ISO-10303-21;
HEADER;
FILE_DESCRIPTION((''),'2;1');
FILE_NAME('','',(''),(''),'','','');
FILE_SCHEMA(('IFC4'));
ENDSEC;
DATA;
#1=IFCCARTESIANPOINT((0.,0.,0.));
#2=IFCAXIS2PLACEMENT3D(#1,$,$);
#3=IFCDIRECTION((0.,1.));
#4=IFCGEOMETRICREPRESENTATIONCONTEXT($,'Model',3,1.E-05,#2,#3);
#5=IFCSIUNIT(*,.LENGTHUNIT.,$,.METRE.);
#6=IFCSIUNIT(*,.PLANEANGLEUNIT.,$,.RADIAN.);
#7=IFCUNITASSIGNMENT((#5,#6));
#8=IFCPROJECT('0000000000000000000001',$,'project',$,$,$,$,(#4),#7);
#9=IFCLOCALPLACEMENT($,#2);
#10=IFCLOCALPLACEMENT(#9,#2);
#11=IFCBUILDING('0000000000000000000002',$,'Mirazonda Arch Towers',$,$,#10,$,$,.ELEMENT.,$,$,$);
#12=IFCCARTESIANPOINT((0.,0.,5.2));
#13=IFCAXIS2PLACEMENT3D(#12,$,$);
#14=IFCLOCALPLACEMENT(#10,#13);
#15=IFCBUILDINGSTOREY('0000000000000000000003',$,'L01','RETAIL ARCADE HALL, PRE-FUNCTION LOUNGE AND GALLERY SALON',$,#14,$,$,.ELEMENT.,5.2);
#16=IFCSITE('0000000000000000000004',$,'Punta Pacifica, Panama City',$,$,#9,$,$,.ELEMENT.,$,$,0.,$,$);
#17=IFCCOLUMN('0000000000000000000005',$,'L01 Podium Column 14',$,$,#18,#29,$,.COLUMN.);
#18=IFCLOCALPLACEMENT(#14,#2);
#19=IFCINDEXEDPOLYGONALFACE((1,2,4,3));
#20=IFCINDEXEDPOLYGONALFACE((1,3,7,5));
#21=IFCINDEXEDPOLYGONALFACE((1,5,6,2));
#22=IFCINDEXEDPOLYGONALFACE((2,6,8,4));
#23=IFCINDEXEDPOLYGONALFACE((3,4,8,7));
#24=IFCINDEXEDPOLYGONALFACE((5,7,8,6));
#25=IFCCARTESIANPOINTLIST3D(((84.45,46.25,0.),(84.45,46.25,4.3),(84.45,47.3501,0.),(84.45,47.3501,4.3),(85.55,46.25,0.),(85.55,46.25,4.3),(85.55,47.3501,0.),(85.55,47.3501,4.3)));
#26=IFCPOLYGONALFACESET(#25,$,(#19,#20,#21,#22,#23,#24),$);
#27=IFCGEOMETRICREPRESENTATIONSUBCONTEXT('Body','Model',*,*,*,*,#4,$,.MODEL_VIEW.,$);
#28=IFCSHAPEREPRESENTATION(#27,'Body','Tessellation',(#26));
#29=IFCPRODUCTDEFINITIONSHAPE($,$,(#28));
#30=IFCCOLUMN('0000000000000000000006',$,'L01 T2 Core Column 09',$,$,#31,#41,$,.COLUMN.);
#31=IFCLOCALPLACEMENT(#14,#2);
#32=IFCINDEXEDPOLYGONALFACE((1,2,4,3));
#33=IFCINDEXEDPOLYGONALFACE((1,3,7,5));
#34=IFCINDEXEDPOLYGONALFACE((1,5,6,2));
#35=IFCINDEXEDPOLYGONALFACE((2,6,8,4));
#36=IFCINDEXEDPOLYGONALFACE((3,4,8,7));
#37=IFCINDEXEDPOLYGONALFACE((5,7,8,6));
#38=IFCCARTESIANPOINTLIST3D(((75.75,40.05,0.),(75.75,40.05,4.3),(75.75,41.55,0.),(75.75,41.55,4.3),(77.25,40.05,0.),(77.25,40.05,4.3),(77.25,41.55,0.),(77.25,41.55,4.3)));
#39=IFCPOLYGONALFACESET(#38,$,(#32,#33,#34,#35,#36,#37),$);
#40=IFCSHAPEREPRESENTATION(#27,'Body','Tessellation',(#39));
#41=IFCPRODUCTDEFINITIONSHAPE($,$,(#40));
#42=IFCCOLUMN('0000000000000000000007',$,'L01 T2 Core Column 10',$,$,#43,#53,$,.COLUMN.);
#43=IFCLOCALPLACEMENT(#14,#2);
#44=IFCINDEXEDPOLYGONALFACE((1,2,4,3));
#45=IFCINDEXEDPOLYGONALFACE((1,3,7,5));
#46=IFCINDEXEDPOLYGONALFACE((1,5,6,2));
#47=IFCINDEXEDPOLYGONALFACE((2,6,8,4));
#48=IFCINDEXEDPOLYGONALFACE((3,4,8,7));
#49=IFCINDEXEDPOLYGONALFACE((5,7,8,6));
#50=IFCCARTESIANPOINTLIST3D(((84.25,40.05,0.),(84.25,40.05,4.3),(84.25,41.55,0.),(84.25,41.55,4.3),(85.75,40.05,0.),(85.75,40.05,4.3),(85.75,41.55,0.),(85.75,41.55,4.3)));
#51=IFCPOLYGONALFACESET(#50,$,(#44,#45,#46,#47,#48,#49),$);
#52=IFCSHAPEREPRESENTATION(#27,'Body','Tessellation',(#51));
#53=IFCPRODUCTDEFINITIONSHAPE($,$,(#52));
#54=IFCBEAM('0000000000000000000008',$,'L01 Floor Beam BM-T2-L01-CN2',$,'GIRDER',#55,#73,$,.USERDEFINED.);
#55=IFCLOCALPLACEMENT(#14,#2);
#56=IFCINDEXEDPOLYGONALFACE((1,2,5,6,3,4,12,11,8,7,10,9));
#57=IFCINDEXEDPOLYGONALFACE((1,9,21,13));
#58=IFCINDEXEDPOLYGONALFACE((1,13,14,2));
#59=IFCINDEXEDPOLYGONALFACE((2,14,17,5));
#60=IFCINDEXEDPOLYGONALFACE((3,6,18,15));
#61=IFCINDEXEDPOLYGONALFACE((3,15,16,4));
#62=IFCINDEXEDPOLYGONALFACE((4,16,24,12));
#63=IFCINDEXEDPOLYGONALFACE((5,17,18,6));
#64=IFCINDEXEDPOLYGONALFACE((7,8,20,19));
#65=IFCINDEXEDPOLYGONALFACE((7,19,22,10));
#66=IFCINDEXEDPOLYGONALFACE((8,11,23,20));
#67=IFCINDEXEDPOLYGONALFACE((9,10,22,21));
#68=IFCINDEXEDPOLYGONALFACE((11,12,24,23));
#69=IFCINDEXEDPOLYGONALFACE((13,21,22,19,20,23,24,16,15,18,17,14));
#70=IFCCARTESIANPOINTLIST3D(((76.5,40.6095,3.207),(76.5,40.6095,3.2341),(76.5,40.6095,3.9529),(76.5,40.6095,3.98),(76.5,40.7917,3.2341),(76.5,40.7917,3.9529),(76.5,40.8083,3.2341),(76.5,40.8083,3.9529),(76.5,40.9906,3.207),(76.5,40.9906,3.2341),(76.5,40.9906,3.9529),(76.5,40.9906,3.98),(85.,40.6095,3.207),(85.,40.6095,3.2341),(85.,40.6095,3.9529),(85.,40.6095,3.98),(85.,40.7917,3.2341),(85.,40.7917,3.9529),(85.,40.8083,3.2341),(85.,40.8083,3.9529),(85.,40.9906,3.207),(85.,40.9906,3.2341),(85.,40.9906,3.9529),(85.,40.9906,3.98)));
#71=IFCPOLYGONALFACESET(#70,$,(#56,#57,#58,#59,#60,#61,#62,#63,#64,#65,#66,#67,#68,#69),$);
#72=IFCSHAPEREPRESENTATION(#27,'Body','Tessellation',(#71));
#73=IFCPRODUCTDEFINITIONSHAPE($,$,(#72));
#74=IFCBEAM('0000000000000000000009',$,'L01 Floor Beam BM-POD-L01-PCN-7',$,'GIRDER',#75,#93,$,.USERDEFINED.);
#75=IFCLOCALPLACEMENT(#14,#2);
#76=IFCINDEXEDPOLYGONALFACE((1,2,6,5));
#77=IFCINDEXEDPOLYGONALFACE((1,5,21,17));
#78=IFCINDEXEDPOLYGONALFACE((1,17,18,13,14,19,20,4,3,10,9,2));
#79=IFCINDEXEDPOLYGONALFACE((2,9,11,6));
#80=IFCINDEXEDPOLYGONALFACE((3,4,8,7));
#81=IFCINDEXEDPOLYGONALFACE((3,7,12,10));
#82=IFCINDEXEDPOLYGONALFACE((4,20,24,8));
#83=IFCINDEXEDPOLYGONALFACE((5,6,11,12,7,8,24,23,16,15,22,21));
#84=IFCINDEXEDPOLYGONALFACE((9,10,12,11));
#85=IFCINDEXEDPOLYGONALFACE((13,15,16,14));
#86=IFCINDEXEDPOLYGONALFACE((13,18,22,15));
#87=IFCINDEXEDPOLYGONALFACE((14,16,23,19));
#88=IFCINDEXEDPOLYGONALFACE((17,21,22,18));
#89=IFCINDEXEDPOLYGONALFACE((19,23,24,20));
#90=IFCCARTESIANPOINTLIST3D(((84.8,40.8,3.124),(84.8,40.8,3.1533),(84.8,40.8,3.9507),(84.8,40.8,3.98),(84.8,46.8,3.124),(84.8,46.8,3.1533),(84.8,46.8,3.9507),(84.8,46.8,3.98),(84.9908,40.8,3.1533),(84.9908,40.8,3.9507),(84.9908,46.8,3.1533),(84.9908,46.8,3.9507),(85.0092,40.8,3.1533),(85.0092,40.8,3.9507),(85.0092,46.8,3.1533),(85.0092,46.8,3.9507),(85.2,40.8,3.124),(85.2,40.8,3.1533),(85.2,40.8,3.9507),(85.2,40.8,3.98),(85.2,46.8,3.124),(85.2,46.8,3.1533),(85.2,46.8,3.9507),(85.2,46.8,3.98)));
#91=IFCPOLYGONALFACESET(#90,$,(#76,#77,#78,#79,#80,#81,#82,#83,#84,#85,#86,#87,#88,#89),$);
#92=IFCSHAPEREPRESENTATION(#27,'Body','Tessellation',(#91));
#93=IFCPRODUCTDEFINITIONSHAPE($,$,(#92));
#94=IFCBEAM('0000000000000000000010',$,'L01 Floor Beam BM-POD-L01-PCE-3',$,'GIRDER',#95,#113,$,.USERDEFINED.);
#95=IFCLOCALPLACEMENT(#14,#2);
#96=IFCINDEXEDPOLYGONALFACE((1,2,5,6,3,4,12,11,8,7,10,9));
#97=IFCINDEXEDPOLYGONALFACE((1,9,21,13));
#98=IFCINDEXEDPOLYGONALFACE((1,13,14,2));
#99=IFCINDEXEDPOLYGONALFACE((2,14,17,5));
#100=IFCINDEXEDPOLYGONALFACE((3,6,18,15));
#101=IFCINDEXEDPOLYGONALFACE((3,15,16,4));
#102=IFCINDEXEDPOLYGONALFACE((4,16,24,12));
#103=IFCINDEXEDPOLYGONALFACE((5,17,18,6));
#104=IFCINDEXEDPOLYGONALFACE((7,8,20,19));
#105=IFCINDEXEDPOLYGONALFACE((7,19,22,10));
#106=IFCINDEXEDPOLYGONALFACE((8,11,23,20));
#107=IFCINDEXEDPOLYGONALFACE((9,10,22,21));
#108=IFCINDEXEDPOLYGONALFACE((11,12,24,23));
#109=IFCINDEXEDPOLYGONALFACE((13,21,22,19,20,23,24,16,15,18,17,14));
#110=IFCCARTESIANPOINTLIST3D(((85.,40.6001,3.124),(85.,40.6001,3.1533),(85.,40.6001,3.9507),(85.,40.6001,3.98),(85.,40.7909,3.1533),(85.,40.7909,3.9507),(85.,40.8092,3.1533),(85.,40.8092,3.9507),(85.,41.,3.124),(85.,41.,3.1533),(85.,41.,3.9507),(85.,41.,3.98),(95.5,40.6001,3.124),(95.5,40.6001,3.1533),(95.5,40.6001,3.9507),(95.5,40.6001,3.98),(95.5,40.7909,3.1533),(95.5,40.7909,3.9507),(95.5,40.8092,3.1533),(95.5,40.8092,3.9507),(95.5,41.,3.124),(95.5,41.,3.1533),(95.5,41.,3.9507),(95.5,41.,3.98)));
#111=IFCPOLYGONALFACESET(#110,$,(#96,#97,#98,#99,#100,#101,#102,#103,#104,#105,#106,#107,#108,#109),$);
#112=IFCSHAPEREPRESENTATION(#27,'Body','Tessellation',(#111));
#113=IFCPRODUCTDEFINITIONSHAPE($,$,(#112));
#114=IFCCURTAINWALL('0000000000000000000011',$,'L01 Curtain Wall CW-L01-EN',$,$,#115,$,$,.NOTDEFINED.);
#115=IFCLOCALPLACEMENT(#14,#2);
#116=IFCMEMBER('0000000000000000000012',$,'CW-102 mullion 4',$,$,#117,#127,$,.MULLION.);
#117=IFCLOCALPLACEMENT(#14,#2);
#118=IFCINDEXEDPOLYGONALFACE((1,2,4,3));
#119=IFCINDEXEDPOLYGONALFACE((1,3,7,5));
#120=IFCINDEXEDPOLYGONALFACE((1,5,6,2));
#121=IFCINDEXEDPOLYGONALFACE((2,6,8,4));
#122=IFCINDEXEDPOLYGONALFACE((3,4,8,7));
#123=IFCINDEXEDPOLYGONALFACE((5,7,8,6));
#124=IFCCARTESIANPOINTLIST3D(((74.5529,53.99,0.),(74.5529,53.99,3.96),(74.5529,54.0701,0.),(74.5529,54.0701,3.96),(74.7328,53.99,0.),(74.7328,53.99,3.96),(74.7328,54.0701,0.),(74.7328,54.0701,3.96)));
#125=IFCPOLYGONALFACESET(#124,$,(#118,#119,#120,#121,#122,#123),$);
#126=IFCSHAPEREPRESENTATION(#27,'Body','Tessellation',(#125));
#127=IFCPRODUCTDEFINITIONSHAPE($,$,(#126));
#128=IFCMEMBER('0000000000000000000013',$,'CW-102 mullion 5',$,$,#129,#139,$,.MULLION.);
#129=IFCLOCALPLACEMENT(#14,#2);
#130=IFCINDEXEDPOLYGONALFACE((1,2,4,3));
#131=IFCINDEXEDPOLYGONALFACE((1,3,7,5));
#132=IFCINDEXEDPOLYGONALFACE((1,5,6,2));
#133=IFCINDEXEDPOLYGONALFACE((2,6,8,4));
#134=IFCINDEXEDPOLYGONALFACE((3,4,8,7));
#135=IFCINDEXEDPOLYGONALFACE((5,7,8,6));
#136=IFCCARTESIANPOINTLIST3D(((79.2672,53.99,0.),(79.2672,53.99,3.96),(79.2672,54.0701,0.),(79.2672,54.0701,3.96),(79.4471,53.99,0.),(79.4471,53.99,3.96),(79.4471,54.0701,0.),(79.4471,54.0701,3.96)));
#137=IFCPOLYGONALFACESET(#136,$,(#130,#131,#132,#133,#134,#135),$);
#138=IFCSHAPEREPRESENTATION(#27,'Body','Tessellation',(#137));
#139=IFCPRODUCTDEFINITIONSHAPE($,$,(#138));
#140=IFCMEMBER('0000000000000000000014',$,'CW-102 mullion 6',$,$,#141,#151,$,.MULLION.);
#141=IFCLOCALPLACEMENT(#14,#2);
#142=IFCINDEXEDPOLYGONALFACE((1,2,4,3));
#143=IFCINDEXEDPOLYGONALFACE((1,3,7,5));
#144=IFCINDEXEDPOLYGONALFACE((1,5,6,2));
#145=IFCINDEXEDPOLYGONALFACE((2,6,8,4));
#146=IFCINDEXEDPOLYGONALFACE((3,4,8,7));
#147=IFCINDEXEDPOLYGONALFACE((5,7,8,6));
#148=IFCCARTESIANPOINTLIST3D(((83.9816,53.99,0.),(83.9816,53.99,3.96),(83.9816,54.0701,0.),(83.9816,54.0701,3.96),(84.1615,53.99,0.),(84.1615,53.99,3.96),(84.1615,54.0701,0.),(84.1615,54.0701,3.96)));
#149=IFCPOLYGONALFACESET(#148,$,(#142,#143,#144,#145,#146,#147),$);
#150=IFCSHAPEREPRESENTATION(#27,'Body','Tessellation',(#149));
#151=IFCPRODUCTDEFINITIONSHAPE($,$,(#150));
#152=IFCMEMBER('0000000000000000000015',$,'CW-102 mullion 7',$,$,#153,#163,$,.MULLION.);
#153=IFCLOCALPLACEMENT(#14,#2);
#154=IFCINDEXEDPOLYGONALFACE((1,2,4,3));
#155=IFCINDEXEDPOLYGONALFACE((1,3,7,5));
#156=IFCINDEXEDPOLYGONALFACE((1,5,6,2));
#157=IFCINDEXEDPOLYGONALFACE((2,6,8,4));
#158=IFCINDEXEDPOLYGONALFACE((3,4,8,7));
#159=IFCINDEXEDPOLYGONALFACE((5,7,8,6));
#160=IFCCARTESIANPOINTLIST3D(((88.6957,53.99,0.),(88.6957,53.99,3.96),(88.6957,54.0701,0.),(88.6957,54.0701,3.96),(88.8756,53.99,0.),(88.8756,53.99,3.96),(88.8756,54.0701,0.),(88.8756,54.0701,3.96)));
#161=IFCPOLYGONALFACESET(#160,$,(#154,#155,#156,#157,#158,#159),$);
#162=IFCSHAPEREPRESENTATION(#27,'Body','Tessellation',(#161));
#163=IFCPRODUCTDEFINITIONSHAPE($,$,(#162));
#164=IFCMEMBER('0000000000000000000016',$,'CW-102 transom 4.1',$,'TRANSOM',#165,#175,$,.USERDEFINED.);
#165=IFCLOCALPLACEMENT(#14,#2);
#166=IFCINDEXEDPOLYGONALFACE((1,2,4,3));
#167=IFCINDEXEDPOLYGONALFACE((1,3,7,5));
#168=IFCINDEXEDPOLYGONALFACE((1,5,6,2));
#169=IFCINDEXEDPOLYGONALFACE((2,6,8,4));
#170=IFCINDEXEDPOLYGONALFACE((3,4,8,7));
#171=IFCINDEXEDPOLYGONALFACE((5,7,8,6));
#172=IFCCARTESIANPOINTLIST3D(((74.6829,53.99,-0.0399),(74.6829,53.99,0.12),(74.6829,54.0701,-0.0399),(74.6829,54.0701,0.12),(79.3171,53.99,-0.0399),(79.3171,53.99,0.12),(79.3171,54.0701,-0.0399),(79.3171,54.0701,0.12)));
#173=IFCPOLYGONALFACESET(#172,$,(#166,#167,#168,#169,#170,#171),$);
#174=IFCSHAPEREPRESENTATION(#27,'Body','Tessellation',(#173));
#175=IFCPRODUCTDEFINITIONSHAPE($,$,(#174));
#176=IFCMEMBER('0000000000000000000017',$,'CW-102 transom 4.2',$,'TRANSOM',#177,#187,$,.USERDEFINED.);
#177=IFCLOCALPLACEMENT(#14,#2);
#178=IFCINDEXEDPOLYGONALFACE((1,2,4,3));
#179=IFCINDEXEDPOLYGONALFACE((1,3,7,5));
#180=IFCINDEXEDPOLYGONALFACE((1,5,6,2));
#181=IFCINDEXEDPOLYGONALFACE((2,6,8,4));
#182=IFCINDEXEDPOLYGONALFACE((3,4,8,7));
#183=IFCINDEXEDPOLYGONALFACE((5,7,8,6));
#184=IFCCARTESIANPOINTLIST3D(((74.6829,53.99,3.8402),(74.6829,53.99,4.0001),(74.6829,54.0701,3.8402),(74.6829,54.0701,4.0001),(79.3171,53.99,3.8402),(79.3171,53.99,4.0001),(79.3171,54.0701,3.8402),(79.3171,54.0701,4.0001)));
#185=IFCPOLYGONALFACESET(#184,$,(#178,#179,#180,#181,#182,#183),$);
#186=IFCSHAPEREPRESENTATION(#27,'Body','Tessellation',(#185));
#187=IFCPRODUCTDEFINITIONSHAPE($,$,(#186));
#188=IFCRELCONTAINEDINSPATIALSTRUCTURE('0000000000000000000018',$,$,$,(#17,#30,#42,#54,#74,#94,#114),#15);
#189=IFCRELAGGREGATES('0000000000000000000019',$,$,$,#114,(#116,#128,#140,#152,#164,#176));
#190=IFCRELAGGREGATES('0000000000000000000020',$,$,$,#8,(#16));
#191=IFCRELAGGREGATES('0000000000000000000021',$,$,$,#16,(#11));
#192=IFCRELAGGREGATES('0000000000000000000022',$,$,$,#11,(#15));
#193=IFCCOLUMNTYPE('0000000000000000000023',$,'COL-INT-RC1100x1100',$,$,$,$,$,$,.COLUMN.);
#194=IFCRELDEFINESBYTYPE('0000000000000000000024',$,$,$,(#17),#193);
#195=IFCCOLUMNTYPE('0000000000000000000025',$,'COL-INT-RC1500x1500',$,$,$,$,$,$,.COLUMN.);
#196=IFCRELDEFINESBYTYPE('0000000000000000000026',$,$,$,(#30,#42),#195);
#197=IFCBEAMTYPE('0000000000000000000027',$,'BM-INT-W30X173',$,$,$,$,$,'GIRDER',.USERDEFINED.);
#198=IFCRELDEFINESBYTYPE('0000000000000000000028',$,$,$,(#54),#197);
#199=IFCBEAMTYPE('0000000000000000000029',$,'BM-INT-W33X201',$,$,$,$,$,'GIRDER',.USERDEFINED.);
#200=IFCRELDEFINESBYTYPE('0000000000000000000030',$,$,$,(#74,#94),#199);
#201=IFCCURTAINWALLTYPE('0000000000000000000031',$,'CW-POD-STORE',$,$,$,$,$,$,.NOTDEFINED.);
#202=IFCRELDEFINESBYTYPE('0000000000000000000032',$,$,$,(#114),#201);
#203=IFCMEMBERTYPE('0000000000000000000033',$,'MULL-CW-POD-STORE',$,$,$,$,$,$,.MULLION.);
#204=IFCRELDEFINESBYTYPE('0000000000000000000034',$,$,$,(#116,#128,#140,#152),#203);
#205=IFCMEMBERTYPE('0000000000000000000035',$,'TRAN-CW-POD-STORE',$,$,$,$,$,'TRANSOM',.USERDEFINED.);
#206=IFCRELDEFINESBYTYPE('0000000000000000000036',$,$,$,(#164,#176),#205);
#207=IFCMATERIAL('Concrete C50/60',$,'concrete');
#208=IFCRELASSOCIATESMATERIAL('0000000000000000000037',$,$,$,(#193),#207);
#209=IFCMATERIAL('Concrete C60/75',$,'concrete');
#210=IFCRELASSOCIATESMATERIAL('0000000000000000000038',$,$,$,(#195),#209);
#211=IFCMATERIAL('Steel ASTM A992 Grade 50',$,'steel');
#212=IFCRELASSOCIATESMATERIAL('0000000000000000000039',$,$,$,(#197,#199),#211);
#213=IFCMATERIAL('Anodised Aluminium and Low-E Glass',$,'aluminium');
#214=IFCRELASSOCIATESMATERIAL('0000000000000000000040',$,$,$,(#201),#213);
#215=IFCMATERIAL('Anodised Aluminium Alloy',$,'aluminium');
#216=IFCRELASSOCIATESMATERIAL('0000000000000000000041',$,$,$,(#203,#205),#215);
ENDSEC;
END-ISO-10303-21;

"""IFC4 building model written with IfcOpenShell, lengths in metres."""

from ifc_helpers import new_model, si_unit, direction, frame, origin, origin_2d, place, context, subcontext, project, spatial, rectangle, i_section, extrude, material, material_profile, profile_set, type_object, element, aggregate, save


model = new_model("IFC4")

# Units and contexts
model_context = context("Model", 3, precision=1e-05, world=origin(), true_north=direction((0.0, 1.0)))
body_context = subcontext(model_context, "Body", "Model", "MODEL_VIEW")
ifc_project = project(units=[si_unit("LENGTHUNIT", "METRE"), si_unit("PLANEANGLEUNIT", "RADIAN")], contexts=[model_context])

# Site, building, storey
site_placement = place(None, origin())
site = spatial("IfcSite", under=ifc_project, at=site_placement, Name="Punta Pacifica, Panama City", CompositionType="ELEMENT", RefElevation=0.0)
building_placement = place(site_placement, origin())
building = spatial("IfcBuilding", under=site, at=building_placement, Name="Mirazonda Arch Towers", CompositionType="ELEMENT")
storey_placement = place(building_placement, frame((0.0, 0.0, 5.2)))
storey = spatial("IfcBuildingStorey", under=building, at=storey_placement, Name="L01", Description="RETAIL ARCADE HALL, PRE-FUNCTION LOUNGE AND GALLERY SALON", CompositionType="ELEMENT", Elevation=5.2)

# Columns
ifc_material_1 = material(Name="Concrete C50/60", Category="concrete")
ifc_material_profile_1 = material_profile(ifc_material_1, rectangle(XDim=1.1001, YDim=1.1001, at=origin_2d()), Name="RC1100x1100")
ifc_profile_set_1 = profile_set([ifc_material_profile_1], Name="Concrete C50/60")
column_type_1 = type_object("IfcColumnType", Name="COL-INT-RC1100x1100", PredefinedType="COLUMN", material=ifc_profile_set_1)
column_placement = place(storey_placement, frame((85.0, 46.8, 0.0), z_axis=(0.0, 0.0, 1.0), x_axis=(1.0, 0.0, 0.0)))
element("IfcColumn", 1, at=column_placement, inside=storey, type_object=column_type_1, Name="L01 Podium Column 14", PredefinedType="COLUMN", context=body_context, shape_type="SweptSolid", body=[
    extrude(rectangle(XDim=1.1001, YDim=1.1001, at=origin_2d()), origin(), (0.0, 0.0, 1.0), 4.3),
])
ifc_material_2 = material(Name="Concrete C60/75", Category="concrete")
ifc_material_profile_2 = material_profile(ifc_material_2, rectangle(XDim=1.5, YDim=1.5, at=origin_2d()), Name="RC1500x1500")
ifc_profile_set_2 = profile_set([ifc_material_profile_2], Name="Concrete C60/75")
column_type_2 = type_object("IfcColumnType", Name="COL-INT-RC1500x1500", PredefinedType="COLUMN", material=ifc_profile_set_2)
for number, where, z_axis, x_axis, name in (
    (2, (76.5, 40.8, 0.0), (0.0, 0.0, 1.0), (1.0, 0.0, 0.0), "L01 T2 Core Column 09"),
    (3, (85.0, 40.8, 0.0), (0.0, 0.0, 1.0), (1.0, 0.0, 0.0), "L01 T2 Core Column 10"),
):
    element("IfcColumn", number, at=place(storey_placement, frame(where, z_axis=z_axis, x_axis=x_axis)), inside=storey, type_object=column_type_2, Name=name, PredefinedType="COLUMN", context=body_context, shape_type="SweptSolid", body=[
        extrude(rectangle(XDim=1.5, YDim=1.5, at=origin_2d()), origin(), (0.0, 0.0, 1.0), 4.3),
    ])

# Beams
ifc_material_3 = material(Name="Steel ASTM A992 Grade 50", Category="steel")
ifc_material_profile_3 = material_profile(ifc_material_3, i_section(OverallWidth=0.3811, OverallDepth=0.7729, WebThickness=0.0166, FlangeThickness=0.0271, at=origin_2d()), Name="W30X173")
ifc_profile_set_3 = profile_set([ifc_material_profile_3], Name="Steel ASTM A992 Grade 50")
beam_type_1 = type_object("IfcBeamType", Name="BM-INT-W30X173", ElementType="GIRDER", PredefinedType="USERDEFINED", material=ifc_profile_set_3)
beam_1_placement = place(storey_placement, frame((76.5, 40.8, 3.5935), z_axis=(1.0, 0.0, 0.0), x_axis=(0.0, 1.0, 0.0)))
element("IfcBeam", 4, at=beam_1_placement, inside=storey, type_object=beam_type_1, Name="L01 Floor Beam BM-T2-L01-CN2", ObjectType="GIRDER", PredefinedType="USERDEFINED", context=body_context, shape_type="SweptSolid", body=[
    extrude(i_section(OverallWidth=0.3811, OverallDepth=0.7729, WebThickness=0.0166, FlangeThickness=0.0271, at=origin_2d()), origin(), (0.0, 0.0, 1.0), 8.5),
])
ifc_material_profile_4 = material_profile(ifc_material_3, i_section(OverallWidth=0.3999, OverallDepth=0.856, WebThickness=0.0183, FlangeThickness=0.0293, at=origin_2d()), Name="W33X201")
ifc_profile_set_4 = profile_set([ifc_material_profile_4], Name="Steel ASTM A992 Grade 50")
beam_type_2 = type_object("IfcBeamType", Name="BM-INT-W33X201", ElementType="GIRDER", PredefinedType="USERDEFINED", material=ifc_profile_set_4)
beam_2_placement = place(storey_placement, frame((85.0, 40.8, 3.552), z_axis=(0.0, 1.0, 0.0), x_axis=(-1.0, 0.0, 0.0)))
element("IfcBeam", 5, at=beam_2_placement, inside=storey, type_object=beam_type_2, Name="L01 Floor Beam BM-POD-L01-PCN-7", ObjectType="GIRDER", PredefinedType="USERDEFINED", context=body_context, shape_type="SweptSolid", body=[
    extrude(i_section(OverallWidth=0.3999, OverallDepth=0.856, WebThickness=0.0183, FlangeThickness=0.0293, at=origin_2d()), origin(), (0.0, 0.0, 1.0), 6.0),
])
beam_3_placement = place(storey_placement, frame((85.0, 40.8, 3.552), z_axis=(1.0, 0.0, 0.0), x_axis=(0.0, 1.0, 0.0)))
element("IfcBeam", 6, at=beam_3_placement, inside=storey, type_object=beam_type_2, Name="L01 Floor Beam BM-POD-L01-PCE-3", ObjectType="GIRDER", PredefinedType="USERDEFINED", context=body_context, shape_type="SweptSolid", body=[
    extrude(i_section(OverallWidth=0.3999, OverallDepth=0.856, WebThickness=0.0183, FlangeThickness=0.0293, at=origin_2d()), origin(), (0.0, 0.0, 1.0), 10.5),
])

# Curtain wall, members
ifc_material_4 = material(Name="Anodised Aluminium and Low-E Glass", Category="aluminium")
curtain_wall_type = type_object("IfcCurtainWallType", Name="CW-POD-STORE", PredefinedType="NOTDEFINED", material=ifc_material_4)
curtain_wall_placement = place(storey_placement, origin())
curtain_wall = element("IfcCurtainWall", 7, at=curtain_wall_placement, inside=storey, type_object=curtain_wall_type, Name="L01 Curtain Wall CW-L01-EN", PredefinedType="NOTDEFINED")
ifc_material_5 = material(Name="Anodised Aluminium Alloy", Category="aluminium")
ifc_material_profile_5 = material_profile(ifc_material_5, rectangle(XDim=0.0801, YDim=0.1799, at=origin_2d()), Name="ALU-MULL-80x180")
ifc_profile_set_5 = profile_set([ifc_material_profile_5], Name="Anodised Aluminium Alloy")
member_type_1 = type_object("IfcMemberType", Name="MULL-CW-POD-STORE", PredefinedType="MULLION", material=ifc_profile_set_5)
member_1_placement = place(storey_placement, frame((74.6428, 54.03, 0.0), z_axis=(0.0, 0.0, 1.0), x_axis=(0.0, 1.0, 0.0)))
member_1 = element("IfcMember", 8, at=member_1_placement, type_object=member_type_1, Name="CW-102 mullion 4", PredefinedType="MULLION", context=body_context, shape_type="SweptSolid", body=[
    extrude(rectangle(XDim=0.0801, YDim=0.1799, at=origin_2d()), origin(), (0.0, 0.0, 1.0), 3.96),
])
member_2_placement = place(storey_placement, frame((79.3572, 54.03, 0.0), z_axis=(0.0, 0.0, 1.0), x_axis=(0.0, 1.0, 0.0)))
member_2 = element("IfcMember", 9, at=member_2_placement, type_object=member_type_1, Name="CW-102 mullion 5", PredefinedType="MULLION", context=body_context, shape_type="SweptSolid", body=[
    extrude(rectangle(XDim=0.0801, YDim=0.1799, at=origin_2d()), origin(), (0.0, 0.0, 1.0), 3.96),
])
member_3_placement = place(storey_placement, frame((84.0715, 54.03, 0.0), z_axis=(0.0, 0.0, 1.0), x_axis=(0.0, 1.0, 0.0)))
member_3 = element("IfcMember", 10, at=member_3_placement, type_object=member_type_1, Name="CW-102 mullion 6", PredefinedType="MULLION", context=body_context, shape_type="SweptSolid", body=[
    extrude(rectangle(XDim=0.0801, YDim=0.1799, at=origin_2d()), origin(), (0.0, 0.0, 1.0), 3.96),
])
member_4_placement = place(storey_placement, frame((88.7856, 54.03, 0.0), z_axis=(0.0, 0.0, 1.0), x_axis=(0.0, 1.0, 0.0)))
member_4 = element("IfcMember", 11, at=member_4_placement, type_object=member_type_1, Name="CW-102 mullion 7", PredefinedType="MULLION", context=body_context, shape_type="SweptSolid", body=[
    extrude(rectangle(XDim=0.0801, YDim=0.1799, at=origin_2d()), origin(), (0.0, 0.0, 1.0), 3.96),
])
ifc_material_profile_6 = material_profile(ifc_material_5, rectangle(XDim=0.0801, YDim=0.1599, at=origin_2d()), Name="ALU-TRAN-80x160")
ifc_profile_set_6 = profile_set([ifc_material_profile_6], Name="Anodised Aluminium Alloy")
member_type_2 = type_object("IfcMemberType", Name="TRAN-CW-POD-STORE", ElementType="TRANSOM", PredefinedType="USERDEFINED", material=ifc_profile_set_6)
member_5_placement = place(storey_placement, frame((74.6829, 54.03, 0.04), z_axis=(1.0, 0.0, 0.0), x_axis=(0.0, 1.0, 0.0)))
member_5 = element("IfcMember", 12, at=member_5_placement, type_object=member_type_2, Name="CW-102 transom 4.1", ObjectType="TRANSOM", PredefinedType="USERDEFINED", context=body_context, shape_type="SweptSolid", body=[
    extrude(rectangle(XDim=0.0801, YDim=0.1599, at=origin_2d()), origin(), (0.0, 0.0, 1.0), 4.6343),
])
member_6_placement = place(storey_placement, frame((74.6829, 54.03, 3.9202), z_axis=(1.0, 0.0, 0.0), x_axis=(0.0, 1.0, 0.0)))
member_6 = element("IfcMember", 13, at=member_6_placement, type_object=member_type_2, Name="CW-102 transom 4.2", ObjectType="TRANSOM", PredefinedType="USERDEFINED", context=body_context, shape_type="SweptSolid", body=[
    extrude(rectangle(XDim=0.0801, YDim=0.1599, at=origin_2d()), origin(), (0.0, 0.0, 1.0), 4.6343),
])
aggregate(curtain_wall, [member_1, member_2, member_3, member_4, member_5, member_6])

save(model, "model.ifc")
